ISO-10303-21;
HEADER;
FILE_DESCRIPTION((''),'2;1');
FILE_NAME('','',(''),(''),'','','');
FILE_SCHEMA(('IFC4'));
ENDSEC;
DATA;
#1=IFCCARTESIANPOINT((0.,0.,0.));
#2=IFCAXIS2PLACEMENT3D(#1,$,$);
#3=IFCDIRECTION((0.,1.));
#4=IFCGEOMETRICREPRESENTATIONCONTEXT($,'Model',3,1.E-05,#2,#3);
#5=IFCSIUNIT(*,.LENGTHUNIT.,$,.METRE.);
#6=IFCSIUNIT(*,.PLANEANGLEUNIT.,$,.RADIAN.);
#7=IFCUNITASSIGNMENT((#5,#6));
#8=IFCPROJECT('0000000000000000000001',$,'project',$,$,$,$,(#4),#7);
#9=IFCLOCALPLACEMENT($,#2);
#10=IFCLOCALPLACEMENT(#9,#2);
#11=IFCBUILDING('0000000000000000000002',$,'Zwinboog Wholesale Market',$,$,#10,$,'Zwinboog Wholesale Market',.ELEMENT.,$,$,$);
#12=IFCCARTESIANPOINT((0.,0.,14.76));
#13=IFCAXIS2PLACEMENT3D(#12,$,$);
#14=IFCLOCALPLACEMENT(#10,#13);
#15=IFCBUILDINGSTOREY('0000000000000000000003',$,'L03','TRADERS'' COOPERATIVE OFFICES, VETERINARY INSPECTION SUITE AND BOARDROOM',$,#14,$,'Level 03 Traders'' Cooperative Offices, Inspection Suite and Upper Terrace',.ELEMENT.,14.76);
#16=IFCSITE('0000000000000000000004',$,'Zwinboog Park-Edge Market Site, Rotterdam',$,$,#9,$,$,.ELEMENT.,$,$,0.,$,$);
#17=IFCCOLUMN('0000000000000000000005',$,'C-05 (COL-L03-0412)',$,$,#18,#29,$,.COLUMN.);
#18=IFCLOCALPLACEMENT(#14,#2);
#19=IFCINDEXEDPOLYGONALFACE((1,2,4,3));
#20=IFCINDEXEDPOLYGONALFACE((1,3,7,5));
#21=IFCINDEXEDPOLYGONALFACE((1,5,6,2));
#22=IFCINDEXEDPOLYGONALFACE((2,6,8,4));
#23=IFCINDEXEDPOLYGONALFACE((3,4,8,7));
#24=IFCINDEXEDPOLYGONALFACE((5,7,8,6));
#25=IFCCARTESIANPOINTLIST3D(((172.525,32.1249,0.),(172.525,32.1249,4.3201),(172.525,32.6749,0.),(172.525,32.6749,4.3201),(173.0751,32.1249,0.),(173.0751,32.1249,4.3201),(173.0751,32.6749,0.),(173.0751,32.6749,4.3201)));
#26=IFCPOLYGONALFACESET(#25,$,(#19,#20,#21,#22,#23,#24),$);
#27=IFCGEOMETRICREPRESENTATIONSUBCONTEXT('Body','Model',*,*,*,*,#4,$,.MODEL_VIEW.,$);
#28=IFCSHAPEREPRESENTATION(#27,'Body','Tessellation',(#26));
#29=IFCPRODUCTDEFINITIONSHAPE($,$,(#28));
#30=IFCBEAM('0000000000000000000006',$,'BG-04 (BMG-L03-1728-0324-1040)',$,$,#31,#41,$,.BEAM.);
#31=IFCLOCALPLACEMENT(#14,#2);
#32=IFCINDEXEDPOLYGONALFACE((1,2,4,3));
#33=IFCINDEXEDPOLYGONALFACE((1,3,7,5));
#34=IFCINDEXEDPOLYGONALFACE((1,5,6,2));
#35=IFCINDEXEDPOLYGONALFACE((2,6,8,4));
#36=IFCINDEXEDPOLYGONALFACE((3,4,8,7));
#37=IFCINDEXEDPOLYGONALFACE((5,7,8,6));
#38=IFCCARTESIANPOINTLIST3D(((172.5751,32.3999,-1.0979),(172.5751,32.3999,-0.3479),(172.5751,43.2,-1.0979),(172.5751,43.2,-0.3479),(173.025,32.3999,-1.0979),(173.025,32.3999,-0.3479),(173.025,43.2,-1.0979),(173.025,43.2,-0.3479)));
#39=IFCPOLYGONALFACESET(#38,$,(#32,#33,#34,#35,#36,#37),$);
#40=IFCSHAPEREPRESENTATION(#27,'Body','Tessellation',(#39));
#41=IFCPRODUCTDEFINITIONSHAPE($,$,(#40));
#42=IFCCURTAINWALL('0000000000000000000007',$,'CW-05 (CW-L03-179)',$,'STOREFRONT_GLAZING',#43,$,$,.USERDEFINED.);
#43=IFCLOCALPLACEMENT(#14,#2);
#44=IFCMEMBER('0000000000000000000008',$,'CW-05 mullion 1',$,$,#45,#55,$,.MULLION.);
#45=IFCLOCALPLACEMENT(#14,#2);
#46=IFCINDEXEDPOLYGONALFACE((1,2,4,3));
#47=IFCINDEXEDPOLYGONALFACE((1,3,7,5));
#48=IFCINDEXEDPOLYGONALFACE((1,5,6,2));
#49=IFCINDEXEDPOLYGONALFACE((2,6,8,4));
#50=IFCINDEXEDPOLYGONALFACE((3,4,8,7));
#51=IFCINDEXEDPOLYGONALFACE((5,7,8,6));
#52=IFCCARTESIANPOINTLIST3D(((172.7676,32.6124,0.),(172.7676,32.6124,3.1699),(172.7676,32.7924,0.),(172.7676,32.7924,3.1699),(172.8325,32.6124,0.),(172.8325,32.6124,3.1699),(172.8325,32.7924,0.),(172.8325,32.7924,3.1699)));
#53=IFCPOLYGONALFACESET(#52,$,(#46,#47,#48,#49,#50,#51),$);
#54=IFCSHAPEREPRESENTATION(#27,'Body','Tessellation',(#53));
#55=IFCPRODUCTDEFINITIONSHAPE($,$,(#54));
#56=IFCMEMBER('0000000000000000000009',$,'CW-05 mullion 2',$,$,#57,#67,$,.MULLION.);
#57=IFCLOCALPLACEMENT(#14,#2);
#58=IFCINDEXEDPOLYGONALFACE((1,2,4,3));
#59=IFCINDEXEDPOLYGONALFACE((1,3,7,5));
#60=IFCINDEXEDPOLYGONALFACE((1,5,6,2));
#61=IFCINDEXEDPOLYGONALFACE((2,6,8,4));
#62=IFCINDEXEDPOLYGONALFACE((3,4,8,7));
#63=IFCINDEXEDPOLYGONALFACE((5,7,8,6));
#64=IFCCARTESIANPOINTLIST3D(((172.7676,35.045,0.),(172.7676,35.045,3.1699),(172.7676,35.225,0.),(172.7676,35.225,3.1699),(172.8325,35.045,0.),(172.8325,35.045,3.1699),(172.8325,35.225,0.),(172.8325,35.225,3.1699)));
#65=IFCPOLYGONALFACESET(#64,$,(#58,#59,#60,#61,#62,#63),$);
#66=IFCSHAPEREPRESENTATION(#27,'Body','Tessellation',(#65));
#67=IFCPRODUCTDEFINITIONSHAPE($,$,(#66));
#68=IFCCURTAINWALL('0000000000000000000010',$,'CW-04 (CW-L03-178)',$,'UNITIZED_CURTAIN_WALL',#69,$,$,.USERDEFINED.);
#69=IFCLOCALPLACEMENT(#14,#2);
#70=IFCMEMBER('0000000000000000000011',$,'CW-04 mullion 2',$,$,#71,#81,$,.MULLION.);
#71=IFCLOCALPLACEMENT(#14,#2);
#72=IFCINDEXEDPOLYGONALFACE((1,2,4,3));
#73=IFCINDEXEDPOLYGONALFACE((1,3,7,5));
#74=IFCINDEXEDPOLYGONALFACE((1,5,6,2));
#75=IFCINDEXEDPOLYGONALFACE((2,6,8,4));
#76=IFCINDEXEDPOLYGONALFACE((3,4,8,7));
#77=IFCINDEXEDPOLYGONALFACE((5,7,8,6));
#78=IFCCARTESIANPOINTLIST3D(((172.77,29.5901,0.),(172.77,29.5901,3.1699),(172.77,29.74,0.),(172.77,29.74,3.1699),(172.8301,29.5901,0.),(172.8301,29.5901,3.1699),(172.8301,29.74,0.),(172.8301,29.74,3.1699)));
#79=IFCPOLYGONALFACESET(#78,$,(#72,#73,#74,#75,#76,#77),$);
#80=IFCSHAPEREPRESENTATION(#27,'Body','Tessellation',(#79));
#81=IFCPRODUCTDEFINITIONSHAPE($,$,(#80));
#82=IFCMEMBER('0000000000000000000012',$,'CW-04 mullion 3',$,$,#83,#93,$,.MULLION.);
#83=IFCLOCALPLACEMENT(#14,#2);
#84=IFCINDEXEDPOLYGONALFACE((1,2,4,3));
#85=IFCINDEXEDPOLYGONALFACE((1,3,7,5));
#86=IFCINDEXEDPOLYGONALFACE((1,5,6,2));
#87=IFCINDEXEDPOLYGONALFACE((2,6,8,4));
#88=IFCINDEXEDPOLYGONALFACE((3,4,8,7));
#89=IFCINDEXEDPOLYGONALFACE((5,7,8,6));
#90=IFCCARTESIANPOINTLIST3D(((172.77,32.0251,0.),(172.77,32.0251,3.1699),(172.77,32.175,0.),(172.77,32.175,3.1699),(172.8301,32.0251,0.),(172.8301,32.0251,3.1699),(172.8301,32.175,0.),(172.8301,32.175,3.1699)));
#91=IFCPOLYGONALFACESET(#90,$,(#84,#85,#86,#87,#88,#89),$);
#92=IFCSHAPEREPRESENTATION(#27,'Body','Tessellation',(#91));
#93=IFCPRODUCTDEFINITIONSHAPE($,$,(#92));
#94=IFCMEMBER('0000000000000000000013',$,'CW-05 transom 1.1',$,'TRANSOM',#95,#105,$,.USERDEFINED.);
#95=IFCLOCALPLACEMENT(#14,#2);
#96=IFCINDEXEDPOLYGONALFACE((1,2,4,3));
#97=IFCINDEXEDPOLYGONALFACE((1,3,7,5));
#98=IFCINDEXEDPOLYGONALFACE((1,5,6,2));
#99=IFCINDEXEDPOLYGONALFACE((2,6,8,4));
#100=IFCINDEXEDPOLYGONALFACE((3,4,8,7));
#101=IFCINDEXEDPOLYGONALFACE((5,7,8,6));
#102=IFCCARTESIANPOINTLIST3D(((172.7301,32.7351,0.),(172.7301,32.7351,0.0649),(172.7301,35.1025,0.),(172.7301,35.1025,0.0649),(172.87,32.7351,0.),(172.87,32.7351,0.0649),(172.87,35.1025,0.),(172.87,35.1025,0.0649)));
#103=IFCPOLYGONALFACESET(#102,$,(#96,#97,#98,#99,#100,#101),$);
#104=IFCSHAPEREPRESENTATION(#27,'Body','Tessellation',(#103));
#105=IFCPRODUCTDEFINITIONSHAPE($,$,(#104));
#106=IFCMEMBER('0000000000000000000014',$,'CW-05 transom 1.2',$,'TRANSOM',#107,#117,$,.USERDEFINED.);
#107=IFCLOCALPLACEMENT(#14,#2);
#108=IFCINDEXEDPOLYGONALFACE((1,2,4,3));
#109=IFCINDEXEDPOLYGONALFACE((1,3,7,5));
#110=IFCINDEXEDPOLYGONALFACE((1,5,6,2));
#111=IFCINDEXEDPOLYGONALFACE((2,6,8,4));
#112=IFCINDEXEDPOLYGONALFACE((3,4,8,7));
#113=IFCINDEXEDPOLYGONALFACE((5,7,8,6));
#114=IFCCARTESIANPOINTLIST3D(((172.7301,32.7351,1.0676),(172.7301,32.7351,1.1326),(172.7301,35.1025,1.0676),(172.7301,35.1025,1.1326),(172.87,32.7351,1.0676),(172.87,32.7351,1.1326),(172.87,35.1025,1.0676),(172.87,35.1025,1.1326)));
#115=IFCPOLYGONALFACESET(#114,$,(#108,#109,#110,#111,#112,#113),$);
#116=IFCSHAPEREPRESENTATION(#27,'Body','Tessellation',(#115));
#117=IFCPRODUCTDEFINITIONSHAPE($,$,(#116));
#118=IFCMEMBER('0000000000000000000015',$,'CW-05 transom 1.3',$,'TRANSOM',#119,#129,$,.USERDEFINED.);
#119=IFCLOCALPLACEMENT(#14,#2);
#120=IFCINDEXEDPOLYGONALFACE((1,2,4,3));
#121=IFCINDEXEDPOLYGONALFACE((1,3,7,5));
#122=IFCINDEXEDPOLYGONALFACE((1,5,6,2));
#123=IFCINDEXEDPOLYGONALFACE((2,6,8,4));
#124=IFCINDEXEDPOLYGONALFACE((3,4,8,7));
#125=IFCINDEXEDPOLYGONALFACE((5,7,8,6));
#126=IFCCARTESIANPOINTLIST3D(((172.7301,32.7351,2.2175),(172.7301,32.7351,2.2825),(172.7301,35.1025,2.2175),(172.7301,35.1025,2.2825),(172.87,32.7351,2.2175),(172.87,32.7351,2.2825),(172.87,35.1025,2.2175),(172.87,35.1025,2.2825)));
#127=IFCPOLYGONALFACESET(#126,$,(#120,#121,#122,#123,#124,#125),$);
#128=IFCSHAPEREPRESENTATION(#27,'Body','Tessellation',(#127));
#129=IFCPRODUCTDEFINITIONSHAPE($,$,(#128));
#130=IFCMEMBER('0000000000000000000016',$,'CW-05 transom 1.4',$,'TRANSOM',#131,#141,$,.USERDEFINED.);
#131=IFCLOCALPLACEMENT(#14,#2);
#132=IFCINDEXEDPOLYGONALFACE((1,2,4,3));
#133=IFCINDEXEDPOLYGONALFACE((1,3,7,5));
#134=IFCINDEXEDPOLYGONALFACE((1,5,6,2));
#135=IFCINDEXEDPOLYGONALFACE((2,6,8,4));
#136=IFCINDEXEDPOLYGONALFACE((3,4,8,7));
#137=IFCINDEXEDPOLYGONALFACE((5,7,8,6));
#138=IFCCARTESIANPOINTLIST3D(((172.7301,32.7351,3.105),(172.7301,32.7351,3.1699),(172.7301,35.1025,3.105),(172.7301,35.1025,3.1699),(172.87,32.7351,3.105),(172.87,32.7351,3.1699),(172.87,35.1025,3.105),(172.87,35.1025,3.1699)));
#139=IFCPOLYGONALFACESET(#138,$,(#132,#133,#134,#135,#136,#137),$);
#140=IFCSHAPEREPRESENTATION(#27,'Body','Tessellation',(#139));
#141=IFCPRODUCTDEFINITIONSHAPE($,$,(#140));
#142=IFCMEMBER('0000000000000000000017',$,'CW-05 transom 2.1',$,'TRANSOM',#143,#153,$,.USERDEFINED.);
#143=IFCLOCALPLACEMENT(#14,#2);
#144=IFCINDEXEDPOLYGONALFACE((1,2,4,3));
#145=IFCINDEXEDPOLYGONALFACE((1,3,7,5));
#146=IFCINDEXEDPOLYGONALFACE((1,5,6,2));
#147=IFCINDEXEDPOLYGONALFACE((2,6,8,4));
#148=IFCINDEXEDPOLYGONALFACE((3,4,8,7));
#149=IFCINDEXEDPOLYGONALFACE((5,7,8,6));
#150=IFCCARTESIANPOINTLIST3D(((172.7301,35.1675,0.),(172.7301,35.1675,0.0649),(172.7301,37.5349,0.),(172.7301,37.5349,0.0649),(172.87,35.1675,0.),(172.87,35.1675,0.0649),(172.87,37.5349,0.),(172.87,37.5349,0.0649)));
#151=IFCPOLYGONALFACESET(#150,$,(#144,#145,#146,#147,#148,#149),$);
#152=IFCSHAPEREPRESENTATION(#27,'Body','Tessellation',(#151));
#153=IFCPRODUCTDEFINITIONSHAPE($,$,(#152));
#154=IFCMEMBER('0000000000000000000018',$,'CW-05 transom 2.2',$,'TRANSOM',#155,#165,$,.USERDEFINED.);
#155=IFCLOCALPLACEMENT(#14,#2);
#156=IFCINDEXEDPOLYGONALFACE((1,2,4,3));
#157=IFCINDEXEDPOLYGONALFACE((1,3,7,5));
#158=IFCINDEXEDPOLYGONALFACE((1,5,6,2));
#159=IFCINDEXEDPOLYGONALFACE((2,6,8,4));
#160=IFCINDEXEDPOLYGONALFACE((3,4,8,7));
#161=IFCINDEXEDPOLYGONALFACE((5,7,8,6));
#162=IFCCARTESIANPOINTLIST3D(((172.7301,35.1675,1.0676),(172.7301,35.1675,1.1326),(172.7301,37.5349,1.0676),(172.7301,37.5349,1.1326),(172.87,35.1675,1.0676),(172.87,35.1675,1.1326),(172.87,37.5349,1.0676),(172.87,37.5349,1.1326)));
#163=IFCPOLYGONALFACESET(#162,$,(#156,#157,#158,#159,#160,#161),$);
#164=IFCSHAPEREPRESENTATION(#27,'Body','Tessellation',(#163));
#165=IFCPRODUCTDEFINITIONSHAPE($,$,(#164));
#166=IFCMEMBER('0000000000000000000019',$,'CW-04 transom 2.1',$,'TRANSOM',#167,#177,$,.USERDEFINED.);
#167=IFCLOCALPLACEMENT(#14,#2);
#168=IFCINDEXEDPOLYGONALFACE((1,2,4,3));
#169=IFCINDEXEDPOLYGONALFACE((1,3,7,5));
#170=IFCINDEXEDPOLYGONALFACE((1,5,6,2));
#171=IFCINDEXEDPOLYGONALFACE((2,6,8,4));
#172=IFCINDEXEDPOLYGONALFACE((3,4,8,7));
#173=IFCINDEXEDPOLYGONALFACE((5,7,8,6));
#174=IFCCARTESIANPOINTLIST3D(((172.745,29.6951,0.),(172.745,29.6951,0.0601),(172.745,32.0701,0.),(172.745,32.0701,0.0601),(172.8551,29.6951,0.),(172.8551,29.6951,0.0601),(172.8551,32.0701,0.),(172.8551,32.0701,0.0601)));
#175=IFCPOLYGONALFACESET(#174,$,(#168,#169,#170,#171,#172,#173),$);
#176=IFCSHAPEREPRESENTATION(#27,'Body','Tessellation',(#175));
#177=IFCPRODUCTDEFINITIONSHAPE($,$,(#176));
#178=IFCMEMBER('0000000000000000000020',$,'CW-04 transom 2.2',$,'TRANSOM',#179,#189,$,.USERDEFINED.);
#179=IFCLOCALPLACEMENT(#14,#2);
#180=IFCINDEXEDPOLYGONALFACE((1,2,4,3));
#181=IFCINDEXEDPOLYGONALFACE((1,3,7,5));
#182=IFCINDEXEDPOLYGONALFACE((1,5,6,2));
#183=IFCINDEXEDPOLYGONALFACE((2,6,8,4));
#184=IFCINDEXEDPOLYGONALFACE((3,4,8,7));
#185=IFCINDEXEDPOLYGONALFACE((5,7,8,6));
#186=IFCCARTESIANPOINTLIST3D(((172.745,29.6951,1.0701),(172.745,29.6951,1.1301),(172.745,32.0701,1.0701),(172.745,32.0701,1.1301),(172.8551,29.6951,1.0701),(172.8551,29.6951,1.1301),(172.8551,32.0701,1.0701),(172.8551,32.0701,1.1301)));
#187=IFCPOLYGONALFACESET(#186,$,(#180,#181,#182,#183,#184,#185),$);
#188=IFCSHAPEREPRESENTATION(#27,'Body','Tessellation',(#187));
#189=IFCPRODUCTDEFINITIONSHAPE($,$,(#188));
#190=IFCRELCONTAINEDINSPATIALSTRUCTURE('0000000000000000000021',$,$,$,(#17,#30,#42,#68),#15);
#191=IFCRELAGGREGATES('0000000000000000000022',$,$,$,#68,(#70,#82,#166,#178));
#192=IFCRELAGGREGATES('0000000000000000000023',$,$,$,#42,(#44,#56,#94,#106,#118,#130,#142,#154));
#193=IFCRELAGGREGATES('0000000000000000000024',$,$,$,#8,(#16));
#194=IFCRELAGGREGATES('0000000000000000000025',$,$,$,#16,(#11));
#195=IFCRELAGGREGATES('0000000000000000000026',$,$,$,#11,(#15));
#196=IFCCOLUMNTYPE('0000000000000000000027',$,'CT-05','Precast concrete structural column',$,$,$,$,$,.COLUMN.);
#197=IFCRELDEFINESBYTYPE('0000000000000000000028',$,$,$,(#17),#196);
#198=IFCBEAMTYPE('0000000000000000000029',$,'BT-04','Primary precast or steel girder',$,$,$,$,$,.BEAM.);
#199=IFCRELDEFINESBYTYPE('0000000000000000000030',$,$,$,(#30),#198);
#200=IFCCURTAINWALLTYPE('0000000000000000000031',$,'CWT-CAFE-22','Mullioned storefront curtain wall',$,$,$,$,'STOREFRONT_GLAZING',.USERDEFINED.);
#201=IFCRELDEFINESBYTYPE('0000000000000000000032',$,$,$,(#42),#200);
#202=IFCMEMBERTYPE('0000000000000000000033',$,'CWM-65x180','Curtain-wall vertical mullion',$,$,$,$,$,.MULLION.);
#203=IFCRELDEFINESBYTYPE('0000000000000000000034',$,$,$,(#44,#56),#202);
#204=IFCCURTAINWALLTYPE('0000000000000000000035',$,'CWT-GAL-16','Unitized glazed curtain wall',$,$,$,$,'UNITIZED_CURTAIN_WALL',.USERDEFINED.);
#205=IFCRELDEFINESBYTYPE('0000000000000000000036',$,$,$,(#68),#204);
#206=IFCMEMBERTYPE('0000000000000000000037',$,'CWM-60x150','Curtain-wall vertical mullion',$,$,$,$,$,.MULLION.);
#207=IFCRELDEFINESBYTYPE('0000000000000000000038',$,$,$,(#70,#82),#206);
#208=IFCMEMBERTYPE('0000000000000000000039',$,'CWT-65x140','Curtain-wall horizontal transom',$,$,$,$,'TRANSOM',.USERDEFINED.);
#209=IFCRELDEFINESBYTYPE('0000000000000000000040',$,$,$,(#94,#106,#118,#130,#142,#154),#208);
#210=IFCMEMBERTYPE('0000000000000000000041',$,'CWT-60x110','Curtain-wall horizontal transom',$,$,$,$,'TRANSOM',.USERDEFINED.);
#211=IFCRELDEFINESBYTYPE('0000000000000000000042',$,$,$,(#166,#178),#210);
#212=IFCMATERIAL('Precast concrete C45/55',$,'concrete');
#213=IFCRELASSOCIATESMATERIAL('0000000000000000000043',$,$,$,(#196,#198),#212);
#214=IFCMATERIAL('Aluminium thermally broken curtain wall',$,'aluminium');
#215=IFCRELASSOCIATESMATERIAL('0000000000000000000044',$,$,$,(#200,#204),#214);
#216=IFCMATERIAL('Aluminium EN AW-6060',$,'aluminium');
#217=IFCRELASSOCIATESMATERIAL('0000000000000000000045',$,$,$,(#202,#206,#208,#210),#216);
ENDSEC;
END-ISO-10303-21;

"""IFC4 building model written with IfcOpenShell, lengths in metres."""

from ifc_helpers import new_model, si_unit, direction, frame, origin, origin_2d, place, context, subcontext, project, spatial, rectangle, extrude, material, material_profile, profile_set, type_object, element, aggregate, save


model = new_model("IFC4")

# Units and contexts
model_context = context("Model", 3, precision=1e-05, world=origin(), true_north=direction((0.0, 1.0)))
body_context = subcontext(model_context, "Body", "Model", "MODEL_VIEW")
ifc_project = project(units=[si_unit("LENGTHUNIT", "METRE"), si_unit("PLANEANGLEUNIT", "RADIAN")], contexts=[model_context])

# Site, building, storey
site_placement = place(None, origin())
site = spatial("IfcSite", under=ifc_project, at=site_placement, Name="Zwinboog Park-Edge Market Site, Rotterdam", CompositionType="ELEMENT", RefElevation=0.0)
building_placement = place(site_placement, origin())
building = spatial("IfcBuilding", under=site, at=building_placement, Name="Zwinboog Wholesale Market", LongName="Zwinboog Wholesale Market", CompositionType="ELEMENT")
storey_placement = place(building_placement, frame((0.0, 0.0, 14.76)))
storey = spatial("IfcBuildingStorey", under=building, at=storey_placement, Name="L03", Description="TRADERS' COOPERATIVE OFFICES, VETERINARY INSPECTION SUITE AND BOARDROOM", LongName="Level 03 Traders' Cooperative Offices, Inspection Suite and Upper Terrace", CompositionType="ELEMENT", Elevation=14.76)

# Column
ifc_material_1 = material(Name="Precast concrete C45/55", Category="concrete")
ifc_material_profile_1 = material_profile(ifc_material_1, rectangle(XDim=0.55, YDim=0.55, at=origin_2d()), Name="PC 550x550")
ifc_profile_set_1 = profile_set([ifc_material_profile_1], Name="Precast concrete C45/55")
column_type = type_object("IfcColumnType", Name="CT-05", Description="Precast concrete structural column", PredefinedType="COLUMN", material=ifc_profile_set_1)
column_placement = place(storey_placement, frame((172.8, 32.3999, 0.0), z_axis=(0.0, 0.0, 1.0), x_axis=(1.0, 0.0, 0.0)))
element("IfcColumn", 1, at=column_placement, inside=storey, type_object=column_type, Name="C-05 (COL-L03-0412)", PredefinedType="COLUMN", context=body_context, shape_type="SweptSolid", body=[
    extrude(rectangle(XDim=0.55, YDim=0.55, at=origin_2d()), origin(), (0.0, 0.0, 1.0), 4.3201),
])

# Beam
ifc_material_profile_2 = material_profile(ifc_material_1, rectangle(XDim=0.45, YDim=0.75, at=origin_2d()), Name="PC 450x750")
ifc_profile_set_2 = profile_set([ifc_material_profile_2], Name="Precast concrete C45/55")
beam_type = type_object("IfcBeamType", Name="BT-04", Description="Primary precast or steel girder", PredefinedType="BEAM", material=ifc_profile_set_2)
beam_placement = place(storey_placement, frame((172.8, 32.3999, -0.7229), z_axis=(0.0, 1.0, 0.0), x_axis=(-1.0, 0.0, 0.0)))
element("IfcBeam", 2, at=beam_placement, inside=storey, type_object=beam_type, Name="BG-04 (BMG-L03-1728-0324-1040)", PredefinedType="BEAM", context=body_context, shape_type="SweptSolid", body=[
    extrude(rectangle(XDim=0.45, YDim=0.75, at=origin_2d()), origin(), (0.0, 0.0, 1.0), 10.8),
])

# Curtain walls, members
ifc_material_2 = material(Name="Aluminium thermally broken curtain wall", Category="aluminium")
curtain_wall_type_1 = type_object("IfcCurtainWallType", Name="CWT-CAFE-22", Description="Mullioned storefront curtain wall", ElementType="STOREFRONT_GLAZING", PredefinedType="USERDEFINED", material=ifc_material_2)
curtain_wall_1_placement = place(storey_placement, origin())
curtain_wall_1 = element("IfcCurtainWall", 3, at=curtain_wall_1_placement, inside=storey, type_object=curtain_wall_type_1, Name="CW-05 (CW-L03-179)", ObjectType="STOREFRONT_GLAZING", PredefinedType="USERDEFINED")
ifc_material_3 = material(Name="Aluminium EN AW-6060", Category="aluminium")
ifc_material_profile_3 = material_profile(ifc_material_3, rectangle(XDim=0.0649, YDim=0.1799, at=origin_2d()), Name="AL 65x180")
ifc_profile_set_3 = profile_set([ifc_material_profile_3], Name="Aluminium EN AW-6060")
member_type_1 = type_object("IfcMemberType", Name="CWM-65x180", Description="Curtain-wall vertical mullion", PredefinedType="MULLION", material=ifc_profile_set_3)
member_1_placement = place(storey_placement, frame((172.8, 32.7024, 0.0), z_axis=(0.0, 0.0, 1.0), x_axis=(-1.0, 0.0, 0.0)))
member_1 = element("IfcMember", 4, at=member_1_placement, type_object=member_type_1, Name="CW-05 mullion 1", PredefinedType="MULLION", context=body_context, shape_type="SweptSolid", body=[
    extrude(rectangle(XDim=0.0649, YDim=0.1799, at=origin_2d()), origin(), (0.0, 0.0, 1.0), 3.1699),
])
member_2_placement = place(storey_placement, frame((172.8, 35.135, 0.0), z_axis=(0.0, 0.0, 1.0), x_axis=(-1.0, 0.0, 0.0)))
member_2 = element("IfcMember", 5, at=member_2_placement, type_object=member_type_1, Name="CW-05 mullion 2", PredefinedType="MULLION", context=body_context, shape_type="SweptSolid", body=[
    extrude(rectangle(XDim=0.0649, YDim=0.1799, at=origin_2d()), origin(), (0.0, 0.0, 1.0), 3.1699),
])
curtain_wall_type_2 = type_object("IfcCurtainWallType", Name="CWT-GAL-16", Description="Unitized glazed curtain wall", ElementType="UNITIZED_CURTAIN_WALL", PredefinedType="USERDEFINED", material=ifc_material_2)
curtain_wall_2_placement = place(storey_placement, origin())
curtain_wall_2 = element("IfcCurtainWall", 6, at=curtain_wall_2_placement, inside=storey, type_object=curtain_wall_type_2, Name="CW-04 (CW-L03-178)", ObjectType="UNITIZED_CURTAIN_WALL", PredefinedType="USERDEFINED")
ifc_material_profile_4 = material_profile(ifc_material_3, rectangle(XDim=0.0601, YDim=0.1499, at=origin_2d()), Name="AL 60x150")
ifc_profile_set_4 = profile_set([ifc_material_profile_4], Name="Aluminium EN AW-6060")
member_type_2 = type_object("IfcMemberType", Name="CWM-60x150", Description="Curtain-wall vertical mullion", PredefinedType="MULLION", material=ifc_profile_set_4)
member_3_placement = place(storey_placement, frame((172.8, 29.665, 0.0), z_axis=(0.0, 0.0, 1.0), x_axis=(-1.0, 0.0, 0.0)))
member_3 = element("IfcMember", 7, at=member_3_placement, type_object=member_type_2, Name="CW-04 mullion 2", PredefinedType="MULLION", context=body_context, shape_type="SweptSolid", body=[
    extrude(rectangle(XDim=0.0601, YDim=0.1499, at=origin_2d()), origin(), (0.0, 0.0, 1.0), 3.1699),
])
member_4_placement = place(storey_placement, frame((172.8, 32.1001, 0.0), z_axis=(0.0, 0.0, 1.0), x_axis=(-1.0, 0.0, 0.0)))
member_4 = element("IfcMember", 8, at=member_4_placement, type_object=member_type_2, Name="CW-04 mullion 3", PredefinedType="MULLION", context=body_context, shape_type="SweptSolid", body=[
    extrude(rectangle(XDim=0.0601, YDim=0.1499, at=origin_2d()), origin(), (0.0, 0.0, 1.0), 3.1699),
])

# Members
ifc_material_profile_5 = material_profile(ifc_material_3, rectangle(XDim=0.1399, YDim=0.0649, at=origin_2d()), Name="AL 65x140")
ifc_profile_set_5 = profile_set([ifc_material_profile_5], Name="Aluminium EN AW-6060")
member_type_3 = type_object("IfcMemberType", Name="CWT-65x140", Description="Curtain-wall horizontal transom", ElementType="TRANSOM", PredefinedType="USERDEFINED", material=ifc_profile_set_5)
member_5_placement = place(storey_placement, frame((172.8, 32.7351, 0.0325), z_axis=(0.0, 1.0, 0.0), x_axis=(-1.0, 0.0, 0.0)))
member_5 = element("IfcMember", 9, at=member_5_placement, type_object=member_type_3, Name="CW-05 transom 1.1", ObjectType="TRANSOM", PredefinedType="USERDEFINED", context=body_context, shape_type="SweptSolid", body=[
    extrude(rectangle(XDim=0.1399, YDim=0.0649, at=origin_2d()), origin(), (0.0, 0.0, 1.0), 2.3674),
])
member_6_placement = place(storey_placement, frame((172.8, 32.7351, 1.1001), z_axis=(0.0, 1.0, 0.0), x_axis=(-1.0, 0.0, 0.0)))
member_6 = element("IfcMember", 10, at=member_6_placement, type_object=member_type_3, Name="CW-05 transom 1.2", ObjectType="TRANSOM", PredefinedType="USERDEFINED", context=body_context, shape_type="SweptSolid", body=[
    extrude(rectangle(XDim=0.1399, YDim=0.0649, at=origin_2d()), origin(), (0.0, 0.0, 1.0), 2.3674),
])
member_7_placement = place(storey_placement, frame((172.8, 32.7351, 2.25), z_axis=(0.0, 1.0, 0.0), x_axis=(-1.0, 0.0, 0.0)))
member_7 = element("IfcMember", 11, at=member_7_placement, type_object=member_type_3, Name="CW-05 transom 1.3", ObjectType="TRANSOM", PredefinedType="USERDEFINED", context=body_context, shape_type="SweptSolid", body=[
    extrude(rectangle(XDim=0.1399, YDim=0.0649, at=origin_2d()), origin(), (0.0, 0.0, 1.0), 2.3674),
])
member_8_placement = place(storey_placement, frame((172.8, 32.7351, 3.1375), z_axis=(0.0, 1.0, 0.0), x_axis=(-1.0, 0.0, 0.0)))
member_8 = element("IfcMember", 12, at=member_8_placement, type_object=member_type_3, Name="CW-05 transom 1.4", ObjectType="TRANSOM", PredefinedType="USERDEFINED", context=body_context, shape_type="SweptSolid", body=[
    extrude(rectangle(XDim=0.1399, YDim=0.0649, at=origin_2d()), origin(), (0.0, 0.0, 1.0), 2.3674),
])
member_9_placement = place(storey_placement, frame((172.8, 35.1675, 0.0325), z_axis=(0.0, 1.0, 0.0), x_axis=(-1.0, 0.0, 0.0)))
member_9 = element("IfcMember", 13, at=member_9_placement, type_object=member_type_3, Name="CW-05 transom 2.1", ObjectType="TRANSOM", PredefinedType="USERDEFINED", context=body_context, shape_type="SweptSolid", body=[
    extrude(rectangle(XDim=0.1399, YDim=0.0649, at=origin_2d()), origin(), (0.0, 0.0, 1.0), 2.3674),
])
member_10_placement = place(storey_placement, frame((172.8, 35.1675, 1.1001), z_axis=(0.0, 1.0, 0.0), x_axis=(-1.0, 0.0, 0.0)))
member_10 = element("IfcMember", 14, at=member_10_placement, type_object=member_type_3, Name="CW-05 transom 2.2", ObjectType="TRANSOM", PredefinedType="USERDEFINED", context=body_context, shape_type="SweptSolid", body=[
    extrude(rectangle(XDim=0.1399, YDim=0.0649, at=origin_2d()), origin(), (0.0, 0.0, 1.0), 2.3674),
])
ifc_material_profile_6 = material_profile(ifc_material_3, rectangle(XDim=0.1101, YDim=0.0601, at=origin_2d()), Name="AL 60x110")
ifc_profile_set_6 = profile_set([ifc_material_profile_6], Name="Aluminium EN AW-6060")
member_type_4 = type_object("IfcMemberType", Name="CWT-60x110", Description="Curtain-wall horizontal transom", ElementType="TRANSOM", PredefinedType="USERDEFINED", material=ifc_profile_set_6)
member_11_placement = place(storey_placement, frame((172.8, 29.6951, 0.03), z_axis=(0.0, 1.0, 0.0), x_axis=(-1.0, 0.0, 0.0)))
member_11 = element("IfcMember", 15, at=member_11_placement, type_object=member_type_4, Name="CW-04 transom 2.1", ObjectType="TRANSOM", PredefinedType="USERDEFINED", context=body_context, shape_type="SweptSolid", body=[
    extrude(rectangle(XDim=0.1101, YDim=0.0601, at=origin_2d()), origin(), (0.0, 0.0, 1.0), 2.375),
])
member_12_placement = place(storey_placement, frame((172.8, 29.6951, 1.1001), z_axis=(0.0, 1.0, 0.0), x_axis=(-1.0, 0.0, 0.0)))
member_12 = element("IfcMember", 16, at=member_12_placement, type_object=member_type_4, Name="CW-04 transom 2.2", ObjectType="TRANSOM", PredefinedType="USERDEFINED", context=body_context, shape_type="SweptSolid", body=[
    extrude(rectangle(XDim=0.1101, YDim=0.0601, at=origin_2d()), origin(), (0.0, 0.0, 1.0), 2.375),
])

aggregate(curtain_wall_2, [member_3, member_4, member_11, member_12])
aggregate(curtain_wall_1, [member_1, member_2, member_5, member_6, member_7, member_8, member_9, member_10])

save(model, "model.ifc")
